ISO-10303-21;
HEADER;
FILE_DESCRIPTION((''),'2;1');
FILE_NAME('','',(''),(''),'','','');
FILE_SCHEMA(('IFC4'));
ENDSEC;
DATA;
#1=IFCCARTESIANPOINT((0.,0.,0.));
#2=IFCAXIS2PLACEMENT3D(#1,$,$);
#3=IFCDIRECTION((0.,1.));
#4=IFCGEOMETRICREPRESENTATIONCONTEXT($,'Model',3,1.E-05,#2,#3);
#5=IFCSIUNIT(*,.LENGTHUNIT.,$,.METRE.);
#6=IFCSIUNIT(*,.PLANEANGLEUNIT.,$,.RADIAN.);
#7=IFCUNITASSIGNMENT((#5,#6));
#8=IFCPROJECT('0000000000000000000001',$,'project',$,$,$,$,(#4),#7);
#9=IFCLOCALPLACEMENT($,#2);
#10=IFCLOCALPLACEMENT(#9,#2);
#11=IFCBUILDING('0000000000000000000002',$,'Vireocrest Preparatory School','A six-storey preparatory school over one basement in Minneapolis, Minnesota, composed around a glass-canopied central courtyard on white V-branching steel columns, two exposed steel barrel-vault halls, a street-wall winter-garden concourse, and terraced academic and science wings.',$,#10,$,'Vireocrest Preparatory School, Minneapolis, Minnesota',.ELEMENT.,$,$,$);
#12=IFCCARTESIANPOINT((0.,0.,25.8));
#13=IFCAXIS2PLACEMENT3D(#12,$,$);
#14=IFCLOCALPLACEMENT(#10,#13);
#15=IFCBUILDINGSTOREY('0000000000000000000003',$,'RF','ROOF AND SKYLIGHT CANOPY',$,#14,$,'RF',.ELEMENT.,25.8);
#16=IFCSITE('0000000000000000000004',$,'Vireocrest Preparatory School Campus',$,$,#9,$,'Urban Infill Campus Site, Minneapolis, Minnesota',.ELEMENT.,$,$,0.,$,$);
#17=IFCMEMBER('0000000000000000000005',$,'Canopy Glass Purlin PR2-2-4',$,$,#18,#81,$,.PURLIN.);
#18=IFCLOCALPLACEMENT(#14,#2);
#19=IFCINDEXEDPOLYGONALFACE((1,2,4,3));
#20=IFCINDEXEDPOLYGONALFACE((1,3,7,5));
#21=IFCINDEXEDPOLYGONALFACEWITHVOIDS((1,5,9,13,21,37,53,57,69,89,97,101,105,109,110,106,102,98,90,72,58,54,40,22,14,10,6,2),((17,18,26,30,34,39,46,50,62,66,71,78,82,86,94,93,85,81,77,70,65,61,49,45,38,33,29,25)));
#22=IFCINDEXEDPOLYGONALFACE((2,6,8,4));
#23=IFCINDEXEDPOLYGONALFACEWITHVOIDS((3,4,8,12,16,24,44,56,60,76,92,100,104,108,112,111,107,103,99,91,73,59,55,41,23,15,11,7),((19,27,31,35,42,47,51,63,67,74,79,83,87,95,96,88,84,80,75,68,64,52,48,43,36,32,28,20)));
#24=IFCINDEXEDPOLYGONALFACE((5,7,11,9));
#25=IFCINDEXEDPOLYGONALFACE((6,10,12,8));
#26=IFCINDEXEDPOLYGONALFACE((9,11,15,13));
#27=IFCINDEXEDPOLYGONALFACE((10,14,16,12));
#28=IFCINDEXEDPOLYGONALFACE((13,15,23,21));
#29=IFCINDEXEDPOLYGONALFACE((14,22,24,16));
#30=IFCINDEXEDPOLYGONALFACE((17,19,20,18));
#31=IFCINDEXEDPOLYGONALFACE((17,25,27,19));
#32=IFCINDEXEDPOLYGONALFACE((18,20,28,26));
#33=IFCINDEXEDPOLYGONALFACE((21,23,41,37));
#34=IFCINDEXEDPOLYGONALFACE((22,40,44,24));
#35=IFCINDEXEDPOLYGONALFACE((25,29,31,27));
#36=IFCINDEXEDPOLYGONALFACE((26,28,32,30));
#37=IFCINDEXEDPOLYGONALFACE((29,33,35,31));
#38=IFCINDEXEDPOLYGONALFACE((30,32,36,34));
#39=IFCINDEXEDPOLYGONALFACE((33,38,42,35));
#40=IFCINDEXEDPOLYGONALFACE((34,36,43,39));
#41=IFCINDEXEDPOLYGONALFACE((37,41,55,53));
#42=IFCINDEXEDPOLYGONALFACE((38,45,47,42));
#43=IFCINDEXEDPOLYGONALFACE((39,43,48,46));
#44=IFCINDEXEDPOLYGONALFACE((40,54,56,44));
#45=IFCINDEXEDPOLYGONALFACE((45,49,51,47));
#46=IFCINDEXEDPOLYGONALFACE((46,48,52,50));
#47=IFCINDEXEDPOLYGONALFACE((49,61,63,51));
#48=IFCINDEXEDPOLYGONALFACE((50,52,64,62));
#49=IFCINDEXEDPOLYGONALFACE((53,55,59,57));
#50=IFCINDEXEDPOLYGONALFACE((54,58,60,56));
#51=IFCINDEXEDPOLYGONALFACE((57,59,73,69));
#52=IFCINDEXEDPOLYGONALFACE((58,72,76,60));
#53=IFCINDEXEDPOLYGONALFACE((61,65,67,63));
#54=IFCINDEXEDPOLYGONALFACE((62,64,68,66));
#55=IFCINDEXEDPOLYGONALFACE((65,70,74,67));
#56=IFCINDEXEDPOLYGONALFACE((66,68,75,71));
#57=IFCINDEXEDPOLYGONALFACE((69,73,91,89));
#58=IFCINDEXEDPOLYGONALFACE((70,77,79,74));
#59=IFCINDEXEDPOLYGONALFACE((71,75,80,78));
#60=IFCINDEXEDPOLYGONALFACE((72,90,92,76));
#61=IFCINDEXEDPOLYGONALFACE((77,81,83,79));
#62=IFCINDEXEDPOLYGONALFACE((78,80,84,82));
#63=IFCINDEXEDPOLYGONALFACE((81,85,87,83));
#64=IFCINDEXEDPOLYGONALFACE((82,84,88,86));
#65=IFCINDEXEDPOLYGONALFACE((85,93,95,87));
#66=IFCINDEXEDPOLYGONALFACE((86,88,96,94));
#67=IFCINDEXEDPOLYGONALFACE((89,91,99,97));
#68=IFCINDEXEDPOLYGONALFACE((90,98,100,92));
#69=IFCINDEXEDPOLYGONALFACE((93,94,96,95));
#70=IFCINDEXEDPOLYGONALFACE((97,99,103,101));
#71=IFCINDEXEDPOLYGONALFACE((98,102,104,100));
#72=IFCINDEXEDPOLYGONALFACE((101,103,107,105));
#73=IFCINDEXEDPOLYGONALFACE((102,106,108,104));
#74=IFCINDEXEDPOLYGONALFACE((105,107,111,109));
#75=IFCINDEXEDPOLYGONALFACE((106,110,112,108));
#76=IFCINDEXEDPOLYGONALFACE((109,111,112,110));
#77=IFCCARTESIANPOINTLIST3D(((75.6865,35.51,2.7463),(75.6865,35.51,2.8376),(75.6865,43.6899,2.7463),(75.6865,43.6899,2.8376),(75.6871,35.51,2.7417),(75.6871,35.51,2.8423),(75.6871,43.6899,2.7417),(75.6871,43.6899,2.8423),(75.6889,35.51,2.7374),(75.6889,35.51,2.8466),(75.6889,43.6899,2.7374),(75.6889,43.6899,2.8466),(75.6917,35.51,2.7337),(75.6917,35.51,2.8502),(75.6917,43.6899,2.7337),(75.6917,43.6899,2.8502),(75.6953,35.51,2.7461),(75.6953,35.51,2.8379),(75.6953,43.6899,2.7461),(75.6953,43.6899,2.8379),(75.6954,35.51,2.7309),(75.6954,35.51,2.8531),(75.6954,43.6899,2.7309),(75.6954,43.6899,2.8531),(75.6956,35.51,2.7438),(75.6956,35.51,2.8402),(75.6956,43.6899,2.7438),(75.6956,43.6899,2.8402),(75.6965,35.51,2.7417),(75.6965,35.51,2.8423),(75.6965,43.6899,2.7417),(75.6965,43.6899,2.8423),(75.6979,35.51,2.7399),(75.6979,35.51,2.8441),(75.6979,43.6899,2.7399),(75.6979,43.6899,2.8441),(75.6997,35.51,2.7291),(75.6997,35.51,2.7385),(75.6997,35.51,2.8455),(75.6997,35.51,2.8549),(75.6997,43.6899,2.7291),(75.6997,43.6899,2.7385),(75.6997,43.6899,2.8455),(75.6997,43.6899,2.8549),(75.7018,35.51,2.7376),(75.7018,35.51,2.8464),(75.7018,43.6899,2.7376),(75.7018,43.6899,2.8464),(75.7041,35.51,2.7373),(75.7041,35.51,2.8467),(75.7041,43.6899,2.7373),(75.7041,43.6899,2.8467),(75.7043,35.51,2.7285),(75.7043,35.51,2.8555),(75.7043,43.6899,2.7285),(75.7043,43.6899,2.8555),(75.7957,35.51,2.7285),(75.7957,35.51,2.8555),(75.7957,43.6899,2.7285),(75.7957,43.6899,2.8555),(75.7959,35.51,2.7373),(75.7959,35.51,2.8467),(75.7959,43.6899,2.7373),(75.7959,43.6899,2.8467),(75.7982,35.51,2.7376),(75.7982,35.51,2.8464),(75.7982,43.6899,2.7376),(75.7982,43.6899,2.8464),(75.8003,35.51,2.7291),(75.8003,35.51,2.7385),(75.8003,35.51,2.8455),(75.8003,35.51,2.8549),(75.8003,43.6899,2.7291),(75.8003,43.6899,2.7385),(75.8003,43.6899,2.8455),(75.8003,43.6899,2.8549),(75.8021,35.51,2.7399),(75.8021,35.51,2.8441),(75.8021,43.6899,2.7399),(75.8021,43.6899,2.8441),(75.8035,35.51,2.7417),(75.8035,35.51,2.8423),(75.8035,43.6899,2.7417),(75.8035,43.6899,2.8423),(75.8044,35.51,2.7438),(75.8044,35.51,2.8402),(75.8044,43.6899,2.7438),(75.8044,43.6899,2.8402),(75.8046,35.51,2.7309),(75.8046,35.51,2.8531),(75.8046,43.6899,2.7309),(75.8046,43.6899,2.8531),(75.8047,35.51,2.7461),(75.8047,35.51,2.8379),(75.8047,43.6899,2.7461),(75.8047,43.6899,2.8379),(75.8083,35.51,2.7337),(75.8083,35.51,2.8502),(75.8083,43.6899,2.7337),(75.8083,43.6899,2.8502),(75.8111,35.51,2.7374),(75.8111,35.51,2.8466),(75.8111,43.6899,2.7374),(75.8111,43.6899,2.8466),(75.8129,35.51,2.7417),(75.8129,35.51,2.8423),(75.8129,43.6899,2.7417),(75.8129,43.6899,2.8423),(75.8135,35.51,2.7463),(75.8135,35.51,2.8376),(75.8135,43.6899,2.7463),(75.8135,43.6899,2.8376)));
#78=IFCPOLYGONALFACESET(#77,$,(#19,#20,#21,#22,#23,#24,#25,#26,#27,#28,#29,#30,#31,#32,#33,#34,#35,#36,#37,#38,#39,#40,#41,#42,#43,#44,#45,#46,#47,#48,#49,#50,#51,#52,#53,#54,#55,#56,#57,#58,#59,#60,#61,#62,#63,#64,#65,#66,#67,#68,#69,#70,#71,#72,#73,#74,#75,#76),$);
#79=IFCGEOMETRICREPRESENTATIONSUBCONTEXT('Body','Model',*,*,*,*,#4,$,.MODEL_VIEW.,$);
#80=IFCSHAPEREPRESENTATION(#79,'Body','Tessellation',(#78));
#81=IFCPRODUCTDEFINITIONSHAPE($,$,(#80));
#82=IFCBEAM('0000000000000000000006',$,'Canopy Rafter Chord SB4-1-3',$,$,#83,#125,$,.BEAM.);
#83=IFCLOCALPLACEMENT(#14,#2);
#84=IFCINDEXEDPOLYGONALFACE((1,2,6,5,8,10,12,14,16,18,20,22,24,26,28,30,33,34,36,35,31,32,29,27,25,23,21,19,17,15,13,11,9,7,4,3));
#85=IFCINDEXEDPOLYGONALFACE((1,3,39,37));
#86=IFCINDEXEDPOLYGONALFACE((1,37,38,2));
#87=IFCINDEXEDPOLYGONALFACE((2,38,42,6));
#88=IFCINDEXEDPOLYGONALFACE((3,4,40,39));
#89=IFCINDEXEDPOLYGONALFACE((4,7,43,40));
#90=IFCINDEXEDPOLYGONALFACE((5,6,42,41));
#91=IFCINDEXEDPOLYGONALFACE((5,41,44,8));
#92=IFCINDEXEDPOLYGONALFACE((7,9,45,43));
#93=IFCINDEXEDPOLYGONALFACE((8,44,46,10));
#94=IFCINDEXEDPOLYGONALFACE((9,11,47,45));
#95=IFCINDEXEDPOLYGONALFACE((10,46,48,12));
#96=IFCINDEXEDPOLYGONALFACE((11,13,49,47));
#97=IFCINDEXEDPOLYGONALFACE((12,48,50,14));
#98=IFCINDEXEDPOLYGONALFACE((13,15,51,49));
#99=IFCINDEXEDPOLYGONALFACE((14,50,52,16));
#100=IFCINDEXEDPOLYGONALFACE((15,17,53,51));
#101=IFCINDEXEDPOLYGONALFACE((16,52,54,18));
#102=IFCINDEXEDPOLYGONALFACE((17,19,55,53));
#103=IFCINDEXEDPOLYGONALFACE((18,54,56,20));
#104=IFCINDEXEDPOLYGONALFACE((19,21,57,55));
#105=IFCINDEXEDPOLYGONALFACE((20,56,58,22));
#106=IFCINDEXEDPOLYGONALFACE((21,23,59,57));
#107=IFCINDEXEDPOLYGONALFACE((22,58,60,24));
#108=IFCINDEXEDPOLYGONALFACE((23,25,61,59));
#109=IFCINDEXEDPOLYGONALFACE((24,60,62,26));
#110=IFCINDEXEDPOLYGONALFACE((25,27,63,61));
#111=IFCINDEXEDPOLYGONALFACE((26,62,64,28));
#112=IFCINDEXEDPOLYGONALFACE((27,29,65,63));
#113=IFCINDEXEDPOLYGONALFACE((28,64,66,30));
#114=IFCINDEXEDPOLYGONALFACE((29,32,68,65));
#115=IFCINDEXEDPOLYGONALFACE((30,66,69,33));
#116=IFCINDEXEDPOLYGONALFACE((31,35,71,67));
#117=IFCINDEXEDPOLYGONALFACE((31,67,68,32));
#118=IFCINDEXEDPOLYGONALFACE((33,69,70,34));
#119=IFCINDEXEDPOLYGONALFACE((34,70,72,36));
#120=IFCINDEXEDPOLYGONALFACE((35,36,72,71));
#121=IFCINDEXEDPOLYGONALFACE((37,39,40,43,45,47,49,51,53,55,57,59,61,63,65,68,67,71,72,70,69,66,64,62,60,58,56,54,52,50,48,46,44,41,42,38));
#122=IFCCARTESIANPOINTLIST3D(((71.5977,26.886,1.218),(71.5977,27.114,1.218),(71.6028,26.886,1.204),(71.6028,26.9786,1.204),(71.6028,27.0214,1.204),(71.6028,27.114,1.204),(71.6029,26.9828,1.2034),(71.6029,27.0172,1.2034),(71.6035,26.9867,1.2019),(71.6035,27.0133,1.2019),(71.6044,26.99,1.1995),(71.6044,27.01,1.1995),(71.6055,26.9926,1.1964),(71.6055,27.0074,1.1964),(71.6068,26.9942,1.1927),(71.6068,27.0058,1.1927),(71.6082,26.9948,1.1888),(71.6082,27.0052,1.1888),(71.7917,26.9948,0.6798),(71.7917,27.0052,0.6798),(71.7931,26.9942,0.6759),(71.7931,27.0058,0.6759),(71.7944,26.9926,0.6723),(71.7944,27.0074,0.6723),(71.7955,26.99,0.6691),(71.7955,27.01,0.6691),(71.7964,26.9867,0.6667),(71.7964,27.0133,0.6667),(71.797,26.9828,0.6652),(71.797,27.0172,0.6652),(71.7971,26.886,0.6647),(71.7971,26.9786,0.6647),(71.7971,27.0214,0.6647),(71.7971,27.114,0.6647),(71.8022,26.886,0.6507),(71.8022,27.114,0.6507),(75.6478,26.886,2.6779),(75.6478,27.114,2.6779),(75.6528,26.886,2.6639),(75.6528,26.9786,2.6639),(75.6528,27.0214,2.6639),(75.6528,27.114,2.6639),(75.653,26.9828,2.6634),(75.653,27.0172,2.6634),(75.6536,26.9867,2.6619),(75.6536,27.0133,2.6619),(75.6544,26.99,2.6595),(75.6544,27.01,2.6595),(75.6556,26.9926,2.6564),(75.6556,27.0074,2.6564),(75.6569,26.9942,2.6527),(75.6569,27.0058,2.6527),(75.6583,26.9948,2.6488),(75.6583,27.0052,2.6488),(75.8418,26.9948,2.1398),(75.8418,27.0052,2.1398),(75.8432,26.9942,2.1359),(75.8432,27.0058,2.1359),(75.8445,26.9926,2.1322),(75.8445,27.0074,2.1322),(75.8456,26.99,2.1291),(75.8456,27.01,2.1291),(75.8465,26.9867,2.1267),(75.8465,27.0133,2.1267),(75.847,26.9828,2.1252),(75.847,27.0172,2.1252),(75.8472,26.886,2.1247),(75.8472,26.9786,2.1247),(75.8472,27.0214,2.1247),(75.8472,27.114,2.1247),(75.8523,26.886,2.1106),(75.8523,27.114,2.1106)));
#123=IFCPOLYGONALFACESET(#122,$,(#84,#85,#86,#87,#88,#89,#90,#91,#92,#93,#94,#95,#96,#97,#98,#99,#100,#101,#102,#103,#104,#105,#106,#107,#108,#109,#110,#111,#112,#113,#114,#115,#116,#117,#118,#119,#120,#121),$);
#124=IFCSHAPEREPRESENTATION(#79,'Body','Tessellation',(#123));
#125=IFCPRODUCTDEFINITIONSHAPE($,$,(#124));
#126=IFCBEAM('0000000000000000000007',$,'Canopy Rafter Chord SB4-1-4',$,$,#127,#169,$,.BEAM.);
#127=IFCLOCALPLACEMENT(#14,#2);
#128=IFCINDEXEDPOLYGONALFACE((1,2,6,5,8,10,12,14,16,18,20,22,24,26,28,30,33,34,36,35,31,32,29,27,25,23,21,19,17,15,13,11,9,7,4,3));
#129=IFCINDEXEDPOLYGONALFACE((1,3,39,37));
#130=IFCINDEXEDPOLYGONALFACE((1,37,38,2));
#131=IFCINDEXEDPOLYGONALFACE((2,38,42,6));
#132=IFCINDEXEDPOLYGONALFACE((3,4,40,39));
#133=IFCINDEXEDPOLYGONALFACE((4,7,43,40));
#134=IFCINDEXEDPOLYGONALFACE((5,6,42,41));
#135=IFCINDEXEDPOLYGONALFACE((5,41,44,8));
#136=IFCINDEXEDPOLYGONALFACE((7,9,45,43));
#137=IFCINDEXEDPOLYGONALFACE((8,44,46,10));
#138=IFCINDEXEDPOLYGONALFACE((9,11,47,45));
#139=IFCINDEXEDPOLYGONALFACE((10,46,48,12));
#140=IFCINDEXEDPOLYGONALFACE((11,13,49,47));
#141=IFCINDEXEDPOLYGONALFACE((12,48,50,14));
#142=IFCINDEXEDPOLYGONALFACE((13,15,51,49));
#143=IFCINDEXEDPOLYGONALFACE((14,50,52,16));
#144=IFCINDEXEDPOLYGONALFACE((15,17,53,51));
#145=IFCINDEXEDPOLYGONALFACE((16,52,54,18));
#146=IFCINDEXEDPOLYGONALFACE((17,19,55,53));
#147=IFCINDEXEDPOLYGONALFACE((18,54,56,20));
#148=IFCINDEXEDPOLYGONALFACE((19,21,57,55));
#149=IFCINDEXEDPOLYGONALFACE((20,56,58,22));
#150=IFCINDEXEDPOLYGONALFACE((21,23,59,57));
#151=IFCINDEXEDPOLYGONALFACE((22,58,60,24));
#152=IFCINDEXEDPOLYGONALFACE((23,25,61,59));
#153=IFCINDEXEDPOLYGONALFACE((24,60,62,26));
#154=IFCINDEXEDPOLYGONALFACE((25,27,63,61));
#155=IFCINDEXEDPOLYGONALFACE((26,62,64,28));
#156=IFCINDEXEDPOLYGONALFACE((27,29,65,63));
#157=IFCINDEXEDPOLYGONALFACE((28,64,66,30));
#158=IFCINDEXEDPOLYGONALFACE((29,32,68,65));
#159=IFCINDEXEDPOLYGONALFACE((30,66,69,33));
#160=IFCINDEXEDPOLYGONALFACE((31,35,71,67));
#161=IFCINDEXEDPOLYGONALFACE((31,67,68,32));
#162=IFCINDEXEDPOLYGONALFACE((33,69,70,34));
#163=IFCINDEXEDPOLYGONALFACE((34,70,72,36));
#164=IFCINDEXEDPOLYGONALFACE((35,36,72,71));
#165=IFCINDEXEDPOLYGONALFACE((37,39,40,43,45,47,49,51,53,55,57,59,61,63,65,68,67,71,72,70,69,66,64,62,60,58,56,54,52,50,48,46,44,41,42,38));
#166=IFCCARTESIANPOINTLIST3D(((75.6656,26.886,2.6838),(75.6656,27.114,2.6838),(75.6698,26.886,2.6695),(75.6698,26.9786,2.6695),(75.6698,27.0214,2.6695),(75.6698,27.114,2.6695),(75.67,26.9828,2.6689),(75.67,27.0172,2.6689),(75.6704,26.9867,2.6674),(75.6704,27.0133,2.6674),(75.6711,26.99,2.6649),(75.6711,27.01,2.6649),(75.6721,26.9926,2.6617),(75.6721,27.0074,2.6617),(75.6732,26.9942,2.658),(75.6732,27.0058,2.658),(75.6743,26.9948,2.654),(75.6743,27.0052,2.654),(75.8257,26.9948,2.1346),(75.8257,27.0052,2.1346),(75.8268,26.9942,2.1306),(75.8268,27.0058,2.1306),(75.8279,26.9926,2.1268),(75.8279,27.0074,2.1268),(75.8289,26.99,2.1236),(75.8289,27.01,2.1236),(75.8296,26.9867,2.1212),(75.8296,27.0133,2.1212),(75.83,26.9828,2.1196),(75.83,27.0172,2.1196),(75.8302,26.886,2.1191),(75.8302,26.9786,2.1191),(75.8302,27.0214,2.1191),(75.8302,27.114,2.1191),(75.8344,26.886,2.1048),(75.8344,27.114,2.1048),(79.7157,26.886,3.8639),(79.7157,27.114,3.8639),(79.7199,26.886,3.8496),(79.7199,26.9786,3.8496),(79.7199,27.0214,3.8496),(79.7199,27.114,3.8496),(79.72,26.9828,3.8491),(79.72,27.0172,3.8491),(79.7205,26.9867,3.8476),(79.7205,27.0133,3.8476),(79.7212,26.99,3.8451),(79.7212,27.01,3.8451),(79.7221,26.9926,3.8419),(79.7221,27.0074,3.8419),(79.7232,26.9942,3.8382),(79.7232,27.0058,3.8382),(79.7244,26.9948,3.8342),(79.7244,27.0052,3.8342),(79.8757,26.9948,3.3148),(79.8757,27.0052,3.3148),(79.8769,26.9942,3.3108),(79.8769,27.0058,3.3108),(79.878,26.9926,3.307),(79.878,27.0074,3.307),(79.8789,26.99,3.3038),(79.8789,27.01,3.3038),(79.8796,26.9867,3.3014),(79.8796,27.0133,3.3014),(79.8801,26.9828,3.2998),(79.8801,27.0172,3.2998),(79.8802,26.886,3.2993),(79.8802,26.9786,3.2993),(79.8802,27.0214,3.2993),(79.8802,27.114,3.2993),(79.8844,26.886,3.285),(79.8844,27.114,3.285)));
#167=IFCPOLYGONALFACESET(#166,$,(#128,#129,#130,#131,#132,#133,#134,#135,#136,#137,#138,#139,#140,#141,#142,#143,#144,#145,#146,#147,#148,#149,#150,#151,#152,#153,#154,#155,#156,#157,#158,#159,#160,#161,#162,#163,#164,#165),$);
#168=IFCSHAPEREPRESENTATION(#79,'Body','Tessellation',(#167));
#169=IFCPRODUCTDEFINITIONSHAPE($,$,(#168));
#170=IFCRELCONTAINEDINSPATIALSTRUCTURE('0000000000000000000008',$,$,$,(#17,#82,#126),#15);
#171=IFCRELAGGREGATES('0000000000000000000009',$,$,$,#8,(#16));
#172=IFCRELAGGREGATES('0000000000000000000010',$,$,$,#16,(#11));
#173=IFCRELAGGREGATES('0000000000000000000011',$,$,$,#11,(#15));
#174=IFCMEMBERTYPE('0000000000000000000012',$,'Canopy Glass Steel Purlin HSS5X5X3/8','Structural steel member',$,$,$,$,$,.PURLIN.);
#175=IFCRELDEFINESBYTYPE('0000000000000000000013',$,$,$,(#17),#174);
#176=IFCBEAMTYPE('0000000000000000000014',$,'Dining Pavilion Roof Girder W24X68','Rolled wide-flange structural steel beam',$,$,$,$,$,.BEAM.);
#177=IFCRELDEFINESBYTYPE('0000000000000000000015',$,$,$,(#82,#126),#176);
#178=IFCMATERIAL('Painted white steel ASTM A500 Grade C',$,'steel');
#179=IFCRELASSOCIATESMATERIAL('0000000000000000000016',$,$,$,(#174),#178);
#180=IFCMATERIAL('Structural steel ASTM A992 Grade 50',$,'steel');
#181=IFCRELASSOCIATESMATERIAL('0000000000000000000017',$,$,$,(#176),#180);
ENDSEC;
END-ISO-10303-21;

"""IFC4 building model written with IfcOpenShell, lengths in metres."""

from ifc_helpers import new_model, si_unit, direction, frame, origin, origin_2d, place, context, subcontext, project, spatial, hollow_rectangle, i_section, extrude, material, material_profile, profile_set, type_object, element, save


model = new_model("IFC4")

# Units and contexts
model_context = context("Model", 3, precision=1e-05, world=origin(), true_north=direction((0.0, 1.0)))
body_context = subcontext(model_context, "Body", "Model", "MODEL_VIEW")
ifc_project = project(units=[si_unit("LENGTHUNIT", "METRE"), si_unit("PLANEANGLEUNIT", "RADIAN")], contexts=[model_context])

# Site, building, storey
site_placement = place(None, origin())
site = spatial("IfcSite", under=ifc_project, at=site_placement, Name="Vireocrest Preparatory School Campus", LongName="Urban Infill Campus Site, Minneapolis, Minnesota", CompositionType="ELEMENT", RefElevation=0.0)
building_placement = place(site_placement, origin())
building = spatial("IfcBuilding", under=site, at=building_placement, Name="Vireocrest Preparatory School", Description="A six-storey preparatory school over one basement in Minneapolis, Minnesota, composed around a glass-canopied central courtyard on white V-branching steel columns, two exposed steel barrel-vault halls, a street-wall winter-garden concourse, and terraced academic and science wings.", LongName="Vireocrest Preparatory School, Minneapolis, Minnesota", CompositionType="ELEMENT")
storey_placement = place(building_placement, frame((0.0, 0.0, 25.8)))
storey = spatial("IfcBuildingStorey", under=building, at=storey_placement, Name="RF", Description="ROOF AND SKYLIGHT CANOPY", LongName="RF", CompositionType="ELEMENT", Elevation=25.8)

# Member
ifc_material_1 = material(Name="Painted white steel ASTM A500 Grade C", Category="steel")
ifc_material_profile_1 = material_profile(ifc_material_1, hollow_rectangle(XDim=0.127, YDim=0.127, WallThickness=0.0088, InnerFilletRadius=0.0088, OuterFilletRadius=0.0178, at=origin_2d()), Name="HSS5X5X3/8")
ifc_profile_set_1 = profile_set([ifc_material_profile_1], Name="Painted white steel ASTM A500 Grade C")
member_type_1 = type_object("IfcMemberType", Name="Canopy Glass Steel Purlin HSS5X5X3/8", Description="Structural steel member", PredefinedType="PURLIN", material=ifc_profile_set_1)
for number, where, z_axis, x_axis, name in (
    (1, (75.75, 35.51, 2.792), (0.0, 1.0, 0.0), (-1.0, 0.0, 0.0), "Canopy Glass Purlin PR2-2-4"),
):
    element("IfcMember", number, at=place(storey_placement, frame(where, z_axis=z_axis, x_axis=x_axis)), inside=storey, type_object=member_type_1, Name=name, PredefinedType="PURLIN", context=body_context, shape_type="SweptSolid", body=[
        extrude(hollow_rectangle(XDim=0.127, YDim=0.127, WallThickness=0.0088, InnerFilletRadius=0.0088, OuterFilletRadius=0.0178, at=origin_2d()), origin(), (0.0, 0.0, 1.0), 8.1799),
    ])

# Beams
ifc_material_2 = material(Name="Structural steel ASTM A992 Grade 50", Category="steel")
ifc_material_profile_2 = material_profile(ifc_material_2, i_section(OverallWidth=0.228, OverallDepth=0.603, WebThickness=0.0105, FlangeThickness=0.0149, FilletRadius=0.0161, at=origin_2d()), Name="W24X68")
ifc_profile_set_2 = profile_set([ifc_material_profile_2], Name="Structural steel ASTM A992 Grade 50")
beam_type = type_object("IfcBeamType", Name="Dining Pavilion Roof Girder W24X68", Description="Rolled wide-flange structural steel beam", PredefinedType="BEAM", material=ifc_profile_set_2)
beam_1_placement = place(storey_placement, frame((71.7, 27.0, 0.9343), z_axis=(0.940743, 0.0, 0.339119), x_axis=(0.0, 1.0, 0.0)))
element("IfcBeam", 2, at=beam_1_placement, inside=storey, type_object=beam_type, Name="Canopy Rafter Chord SB4-1-3", PredefinedType="BEAM", context=body_context, shape_type="SweptSolid", body=[
    extrude(i_section(OverallWidth=0.228, OverallDepth=0.603, WebThickness=0.0105, FlangeThickness=0.0149, FilletRadius=0.0161, at=origin_2d()), origin(), (0.0, 0.0, 1.0), 4.3052),
])
beam_2_placement = place(storey_placement, frame((75.75, 27.0, 2.3943), z_axis=(0.960069, 0.0, 0.279762), x_axis=(0.0, 1.0, 0.0)))
element("IfcBeam", 3, at=beam_2_placement, inside=storey, type_object=beam_type, Name="Canopy Rafter Chord SB4-1-4", PredefinedType="BEAM", context=body_context, shape_type="SweptSolid", body=[
    extrude(i_section(OverallWidth=0.228, OverallDepth=0.603, WebThickness=0.0105, FlangeThickness=0.0149, FilletRadius=0.0161, at=origin_2d()), origin(), (0.0, 0.0, 1.0), 4.2185),
])

save(model, "model.ifc")
